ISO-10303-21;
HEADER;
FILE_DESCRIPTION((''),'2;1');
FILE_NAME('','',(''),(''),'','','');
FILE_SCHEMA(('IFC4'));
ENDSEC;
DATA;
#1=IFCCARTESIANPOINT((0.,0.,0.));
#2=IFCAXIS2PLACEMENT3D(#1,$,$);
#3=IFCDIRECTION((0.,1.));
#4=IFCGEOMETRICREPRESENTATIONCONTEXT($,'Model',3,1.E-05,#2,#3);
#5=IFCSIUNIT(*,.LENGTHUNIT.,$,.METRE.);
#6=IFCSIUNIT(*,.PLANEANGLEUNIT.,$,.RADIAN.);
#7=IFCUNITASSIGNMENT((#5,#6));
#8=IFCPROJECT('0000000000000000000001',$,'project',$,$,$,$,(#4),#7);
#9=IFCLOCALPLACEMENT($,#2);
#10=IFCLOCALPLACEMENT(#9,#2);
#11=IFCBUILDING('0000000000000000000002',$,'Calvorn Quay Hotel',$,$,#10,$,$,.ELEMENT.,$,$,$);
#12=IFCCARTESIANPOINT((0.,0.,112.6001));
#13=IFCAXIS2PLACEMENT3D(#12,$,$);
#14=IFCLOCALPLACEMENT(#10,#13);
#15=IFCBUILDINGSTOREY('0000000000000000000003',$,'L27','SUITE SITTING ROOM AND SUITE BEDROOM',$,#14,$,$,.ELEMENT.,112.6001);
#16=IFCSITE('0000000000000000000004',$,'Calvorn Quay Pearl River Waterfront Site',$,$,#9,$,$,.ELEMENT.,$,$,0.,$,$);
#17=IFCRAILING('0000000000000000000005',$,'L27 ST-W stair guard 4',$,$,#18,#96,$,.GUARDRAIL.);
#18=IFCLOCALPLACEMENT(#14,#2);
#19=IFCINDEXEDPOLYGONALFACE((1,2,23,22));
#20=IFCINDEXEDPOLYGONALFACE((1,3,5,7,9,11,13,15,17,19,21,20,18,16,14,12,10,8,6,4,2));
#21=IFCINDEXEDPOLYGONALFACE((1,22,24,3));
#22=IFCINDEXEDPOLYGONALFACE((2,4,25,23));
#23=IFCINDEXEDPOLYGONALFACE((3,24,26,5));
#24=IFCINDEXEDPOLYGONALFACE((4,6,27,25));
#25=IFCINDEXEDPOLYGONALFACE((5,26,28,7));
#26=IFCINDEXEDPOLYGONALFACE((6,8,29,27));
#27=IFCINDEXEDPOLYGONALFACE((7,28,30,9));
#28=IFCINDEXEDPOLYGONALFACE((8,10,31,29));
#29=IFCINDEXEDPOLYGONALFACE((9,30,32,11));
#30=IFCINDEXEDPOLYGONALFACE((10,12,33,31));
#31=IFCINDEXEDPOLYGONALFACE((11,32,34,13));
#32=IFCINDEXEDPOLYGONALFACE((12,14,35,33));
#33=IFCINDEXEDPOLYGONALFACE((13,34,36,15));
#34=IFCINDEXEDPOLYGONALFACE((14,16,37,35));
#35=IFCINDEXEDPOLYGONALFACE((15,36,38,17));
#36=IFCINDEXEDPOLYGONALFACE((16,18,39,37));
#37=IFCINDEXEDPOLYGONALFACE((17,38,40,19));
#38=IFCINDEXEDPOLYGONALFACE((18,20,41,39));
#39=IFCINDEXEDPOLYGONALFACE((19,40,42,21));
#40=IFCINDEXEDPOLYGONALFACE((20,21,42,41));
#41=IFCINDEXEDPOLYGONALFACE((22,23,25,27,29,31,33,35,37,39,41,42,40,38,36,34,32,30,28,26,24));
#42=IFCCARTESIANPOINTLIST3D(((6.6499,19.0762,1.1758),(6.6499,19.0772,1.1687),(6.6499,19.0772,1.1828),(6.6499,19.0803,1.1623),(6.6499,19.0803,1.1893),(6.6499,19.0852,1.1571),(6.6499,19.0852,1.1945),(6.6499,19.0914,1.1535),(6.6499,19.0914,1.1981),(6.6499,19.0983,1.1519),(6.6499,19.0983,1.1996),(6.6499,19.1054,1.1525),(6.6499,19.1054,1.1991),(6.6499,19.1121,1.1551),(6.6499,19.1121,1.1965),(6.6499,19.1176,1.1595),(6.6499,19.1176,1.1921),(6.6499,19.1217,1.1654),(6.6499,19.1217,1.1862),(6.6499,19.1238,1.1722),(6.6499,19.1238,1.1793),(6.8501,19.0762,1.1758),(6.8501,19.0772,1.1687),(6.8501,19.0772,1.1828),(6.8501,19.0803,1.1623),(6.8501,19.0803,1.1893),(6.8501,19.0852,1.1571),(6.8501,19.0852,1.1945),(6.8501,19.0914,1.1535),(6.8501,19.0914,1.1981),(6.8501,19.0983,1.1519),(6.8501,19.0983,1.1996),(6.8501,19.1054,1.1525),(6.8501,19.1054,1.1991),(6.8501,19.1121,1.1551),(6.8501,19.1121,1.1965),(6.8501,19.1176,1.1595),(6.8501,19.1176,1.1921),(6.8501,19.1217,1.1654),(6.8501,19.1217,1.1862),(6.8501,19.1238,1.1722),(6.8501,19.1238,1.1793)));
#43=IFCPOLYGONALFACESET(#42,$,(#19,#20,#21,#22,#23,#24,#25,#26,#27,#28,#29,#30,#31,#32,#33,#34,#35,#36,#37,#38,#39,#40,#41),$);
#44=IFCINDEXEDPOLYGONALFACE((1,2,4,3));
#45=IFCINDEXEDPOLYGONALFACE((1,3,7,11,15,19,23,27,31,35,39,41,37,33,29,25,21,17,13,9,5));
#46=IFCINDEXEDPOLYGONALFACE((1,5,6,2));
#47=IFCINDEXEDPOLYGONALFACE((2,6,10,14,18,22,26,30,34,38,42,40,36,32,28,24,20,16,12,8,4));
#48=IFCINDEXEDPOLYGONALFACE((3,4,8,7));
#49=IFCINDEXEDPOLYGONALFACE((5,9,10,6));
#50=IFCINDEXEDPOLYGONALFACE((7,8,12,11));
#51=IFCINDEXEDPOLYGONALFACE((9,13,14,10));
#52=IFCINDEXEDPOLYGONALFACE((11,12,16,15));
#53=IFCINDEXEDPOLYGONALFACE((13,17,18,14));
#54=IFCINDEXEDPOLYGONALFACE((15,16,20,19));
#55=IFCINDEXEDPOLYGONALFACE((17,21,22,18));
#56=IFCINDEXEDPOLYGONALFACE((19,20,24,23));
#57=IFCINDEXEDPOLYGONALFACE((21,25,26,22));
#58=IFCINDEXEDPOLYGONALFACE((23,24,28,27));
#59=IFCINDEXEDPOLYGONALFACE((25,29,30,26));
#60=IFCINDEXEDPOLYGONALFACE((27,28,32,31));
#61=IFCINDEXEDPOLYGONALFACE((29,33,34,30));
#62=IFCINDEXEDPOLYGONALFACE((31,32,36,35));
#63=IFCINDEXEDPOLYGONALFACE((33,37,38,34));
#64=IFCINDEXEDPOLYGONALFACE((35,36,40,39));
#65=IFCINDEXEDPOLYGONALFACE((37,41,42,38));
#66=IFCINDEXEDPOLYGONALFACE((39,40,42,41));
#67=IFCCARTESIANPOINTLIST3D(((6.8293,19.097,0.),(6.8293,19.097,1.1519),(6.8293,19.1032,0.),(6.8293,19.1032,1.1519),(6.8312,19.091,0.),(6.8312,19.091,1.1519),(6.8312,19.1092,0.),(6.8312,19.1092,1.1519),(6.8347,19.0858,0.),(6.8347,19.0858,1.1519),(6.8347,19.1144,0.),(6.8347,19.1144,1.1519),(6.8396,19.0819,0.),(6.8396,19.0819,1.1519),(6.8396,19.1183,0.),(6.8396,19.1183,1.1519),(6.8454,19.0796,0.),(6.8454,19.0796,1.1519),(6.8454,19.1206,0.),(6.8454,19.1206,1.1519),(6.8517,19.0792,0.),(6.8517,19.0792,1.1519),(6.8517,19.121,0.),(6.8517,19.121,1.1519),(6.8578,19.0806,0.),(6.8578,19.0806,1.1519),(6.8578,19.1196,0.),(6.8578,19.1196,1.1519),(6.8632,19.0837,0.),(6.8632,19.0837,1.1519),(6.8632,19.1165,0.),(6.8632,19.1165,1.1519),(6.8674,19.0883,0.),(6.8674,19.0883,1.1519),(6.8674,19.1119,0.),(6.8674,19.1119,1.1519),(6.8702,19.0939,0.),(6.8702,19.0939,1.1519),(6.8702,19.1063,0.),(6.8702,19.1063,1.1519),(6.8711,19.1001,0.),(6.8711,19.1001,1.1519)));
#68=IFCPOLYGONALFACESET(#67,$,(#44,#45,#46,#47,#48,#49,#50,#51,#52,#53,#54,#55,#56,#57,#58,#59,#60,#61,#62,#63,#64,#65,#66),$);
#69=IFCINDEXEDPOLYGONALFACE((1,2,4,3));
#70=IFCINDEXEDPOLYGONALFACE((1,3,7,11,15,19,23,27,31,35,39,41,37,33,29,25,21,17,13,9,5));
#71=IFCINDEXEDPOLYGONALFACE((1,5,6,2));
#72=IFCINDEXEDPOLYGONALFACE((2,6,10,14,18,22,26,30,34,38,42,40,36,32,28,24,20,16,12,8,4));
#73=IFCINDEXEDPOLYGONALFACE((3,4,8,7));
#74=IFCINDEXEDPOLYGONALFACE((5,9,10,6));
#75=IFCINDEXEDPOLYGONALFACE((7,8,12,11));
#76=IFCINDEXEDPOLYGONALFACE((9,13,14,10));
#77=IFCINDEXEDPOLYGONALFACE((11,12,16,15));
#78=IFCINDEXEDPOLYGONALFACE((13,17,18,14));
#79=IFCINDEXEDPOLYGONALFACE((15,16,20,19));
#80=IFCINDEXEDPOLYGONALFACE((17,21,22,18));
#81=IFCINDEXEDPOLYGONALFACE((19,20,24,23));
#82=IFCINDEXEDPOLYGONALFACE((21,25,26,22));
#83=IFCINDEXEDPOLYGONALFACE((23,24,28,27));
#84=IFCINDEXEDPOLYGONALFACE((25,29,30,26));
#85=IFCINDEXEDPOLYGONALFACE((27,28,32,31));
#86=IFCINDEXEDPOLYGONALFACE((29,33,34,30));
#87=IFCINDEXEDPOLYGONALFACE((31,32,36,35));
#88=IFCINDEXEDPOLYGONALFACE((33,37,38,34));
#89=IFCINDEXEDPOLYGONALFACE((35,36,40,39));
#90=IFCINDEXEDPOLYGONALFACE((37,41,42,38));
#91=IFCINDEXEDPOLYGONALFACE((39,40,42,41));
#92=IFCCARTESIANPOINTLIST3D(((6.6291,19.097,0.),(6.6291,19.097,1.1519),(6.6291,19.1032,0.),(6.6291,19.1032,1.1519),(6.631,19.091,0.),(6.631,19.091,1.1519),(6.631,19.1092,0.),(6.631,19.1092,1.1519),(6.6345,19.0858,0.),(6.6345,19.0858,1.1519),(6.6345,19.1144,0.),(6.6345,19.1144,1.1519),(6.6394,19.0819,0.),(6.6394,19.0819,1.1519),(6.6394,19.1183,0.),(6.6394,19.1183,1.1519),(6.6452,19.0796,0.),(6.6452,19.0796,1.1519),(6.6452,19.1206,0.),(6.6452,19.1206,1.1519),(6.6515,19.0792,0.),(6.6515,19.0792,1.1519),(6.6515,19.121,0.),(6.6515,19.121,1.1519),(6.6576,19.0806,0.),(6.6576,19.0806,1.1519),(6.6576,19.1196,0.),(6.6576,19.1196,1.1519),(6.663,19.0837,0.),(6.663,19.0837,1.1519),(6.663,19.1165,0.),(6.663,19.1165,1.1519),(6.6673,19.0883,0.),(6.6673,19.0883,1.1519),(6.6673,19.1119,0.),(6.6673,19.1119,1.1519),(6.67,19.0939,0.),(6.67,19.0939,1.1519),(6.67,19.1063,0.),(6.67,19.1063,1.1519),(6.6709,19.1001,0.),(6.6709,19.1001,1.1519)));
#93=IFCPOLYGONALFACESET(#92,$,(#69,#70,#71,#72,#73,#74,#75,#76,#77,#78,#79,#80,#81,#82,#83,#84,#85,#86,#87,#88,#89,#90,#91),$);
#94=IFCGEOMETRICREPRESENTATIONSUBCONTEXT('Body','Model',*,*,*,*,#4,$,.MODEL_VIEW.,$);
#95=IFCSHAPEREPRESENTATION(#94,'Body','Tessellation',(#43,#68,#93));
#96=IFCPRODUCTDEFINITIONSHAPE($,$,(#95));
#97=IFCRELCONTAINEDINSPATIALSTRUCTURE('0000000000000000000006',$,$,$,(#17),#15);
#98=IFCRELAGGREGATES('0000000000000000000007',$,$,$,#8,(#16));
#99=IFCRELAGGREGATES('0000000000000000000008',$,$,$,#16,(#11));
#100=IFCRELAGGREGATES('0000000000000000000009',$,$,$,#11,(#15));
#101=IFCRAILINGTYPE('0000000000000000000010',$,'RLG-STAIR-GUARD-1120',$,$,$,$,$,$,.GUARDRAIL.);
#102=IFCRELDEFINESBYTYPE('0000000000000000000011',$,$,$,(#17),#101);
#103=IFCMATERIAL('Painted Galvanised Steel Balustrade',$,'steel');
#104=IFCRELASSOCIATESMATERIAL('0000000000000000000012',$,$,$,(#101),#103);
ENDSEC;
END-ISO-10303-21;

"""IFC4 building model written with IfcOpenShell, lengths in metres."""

from ifc_helpers import new_model, si_unit, direction, frame, origin, origin_2d, place, context, subcontext, project, spatial, circle, extrude, material, type_object, element, save


model = new_model("IFC4")

# Units and contexts
model_context = context("Model", 3, precision=1e-05, world=origin(), true_north=direction((0.0, 1.0)))
body_context = subcontext(model_context, "Body", "Model", "MODEL_VIEW")
ifc_project = project(units=[si_unit("LENGTHUNIT", "METRE"), si_unit("PLANEANGLEUNIT", "RADIAN")], contexts=[model_context])

# Site, building, storey
site_placement = place(None, origin())
site = spatial("IfcSite", under=ifc_project, at=site_placement, Name="Calvorn Quay Pearl River Waterfront Site", CompositionType="ELEMENT", RefElevation=0.0)
building_placement = place(site_placement, origin())
building = spatial("IfcBuilding", under=site, at=building_placement, Name="Calvorn Quay Hotel", CompositionType="ELEMENT")
storey_placement = place(building_placement, frame((0.0, 0.0, 112.6001)))
storey = spatial("IfcBuildingStorey", under=building, at=storey_placement, Name="L27", Description="SUITE SITTING ROOM AND SUITE BEDROOM", CompositionType="ELEMENT", Elevation=112.6001)

# Railing
ifc_material_1 = material(Name="Painted Galvanised Steel Balustrade", Category="steel")
railing_type_1 = type_object("IfcRailingType", Name="RLG-STAIR-GUARD-1120", PredefinedType="GUARDRAIL", material=ifc_material_1)
railing_1_placement = place(storey_placement, frame((6.8501, 19.1001, 0.0)))
element("IfcRailing", 1, at=railing_1_placement, inside=storey, type_object=railing_type_1, Name="L27 ST-W stair guard 4", PredefinedType="GUARDRAIL", context=body_context, shape_type="SweptSolid", body=[
    extrude(circle(Radius=0.0239, at=origin_2d()), frame((0.0, 0.0, 1.1758), z_axis=(-1.0, 0.0, 0.0), x_axis=(0.0, -1.0, 0.0)), (0.0, 0.0, 1.0), 0.2002),
    extrude(circle(Radius=0.021, at=origin_2d()), origin(), (0.0, 0.0, 1.0), 1.1519),
    extrude(circle(Radius=0.021, at=origin_2d()), frame((-0.2002, 0.0, 0.0)), (0.0, 0.0, 1.0), 1.1519),
])

save(model, "model.ifc")
